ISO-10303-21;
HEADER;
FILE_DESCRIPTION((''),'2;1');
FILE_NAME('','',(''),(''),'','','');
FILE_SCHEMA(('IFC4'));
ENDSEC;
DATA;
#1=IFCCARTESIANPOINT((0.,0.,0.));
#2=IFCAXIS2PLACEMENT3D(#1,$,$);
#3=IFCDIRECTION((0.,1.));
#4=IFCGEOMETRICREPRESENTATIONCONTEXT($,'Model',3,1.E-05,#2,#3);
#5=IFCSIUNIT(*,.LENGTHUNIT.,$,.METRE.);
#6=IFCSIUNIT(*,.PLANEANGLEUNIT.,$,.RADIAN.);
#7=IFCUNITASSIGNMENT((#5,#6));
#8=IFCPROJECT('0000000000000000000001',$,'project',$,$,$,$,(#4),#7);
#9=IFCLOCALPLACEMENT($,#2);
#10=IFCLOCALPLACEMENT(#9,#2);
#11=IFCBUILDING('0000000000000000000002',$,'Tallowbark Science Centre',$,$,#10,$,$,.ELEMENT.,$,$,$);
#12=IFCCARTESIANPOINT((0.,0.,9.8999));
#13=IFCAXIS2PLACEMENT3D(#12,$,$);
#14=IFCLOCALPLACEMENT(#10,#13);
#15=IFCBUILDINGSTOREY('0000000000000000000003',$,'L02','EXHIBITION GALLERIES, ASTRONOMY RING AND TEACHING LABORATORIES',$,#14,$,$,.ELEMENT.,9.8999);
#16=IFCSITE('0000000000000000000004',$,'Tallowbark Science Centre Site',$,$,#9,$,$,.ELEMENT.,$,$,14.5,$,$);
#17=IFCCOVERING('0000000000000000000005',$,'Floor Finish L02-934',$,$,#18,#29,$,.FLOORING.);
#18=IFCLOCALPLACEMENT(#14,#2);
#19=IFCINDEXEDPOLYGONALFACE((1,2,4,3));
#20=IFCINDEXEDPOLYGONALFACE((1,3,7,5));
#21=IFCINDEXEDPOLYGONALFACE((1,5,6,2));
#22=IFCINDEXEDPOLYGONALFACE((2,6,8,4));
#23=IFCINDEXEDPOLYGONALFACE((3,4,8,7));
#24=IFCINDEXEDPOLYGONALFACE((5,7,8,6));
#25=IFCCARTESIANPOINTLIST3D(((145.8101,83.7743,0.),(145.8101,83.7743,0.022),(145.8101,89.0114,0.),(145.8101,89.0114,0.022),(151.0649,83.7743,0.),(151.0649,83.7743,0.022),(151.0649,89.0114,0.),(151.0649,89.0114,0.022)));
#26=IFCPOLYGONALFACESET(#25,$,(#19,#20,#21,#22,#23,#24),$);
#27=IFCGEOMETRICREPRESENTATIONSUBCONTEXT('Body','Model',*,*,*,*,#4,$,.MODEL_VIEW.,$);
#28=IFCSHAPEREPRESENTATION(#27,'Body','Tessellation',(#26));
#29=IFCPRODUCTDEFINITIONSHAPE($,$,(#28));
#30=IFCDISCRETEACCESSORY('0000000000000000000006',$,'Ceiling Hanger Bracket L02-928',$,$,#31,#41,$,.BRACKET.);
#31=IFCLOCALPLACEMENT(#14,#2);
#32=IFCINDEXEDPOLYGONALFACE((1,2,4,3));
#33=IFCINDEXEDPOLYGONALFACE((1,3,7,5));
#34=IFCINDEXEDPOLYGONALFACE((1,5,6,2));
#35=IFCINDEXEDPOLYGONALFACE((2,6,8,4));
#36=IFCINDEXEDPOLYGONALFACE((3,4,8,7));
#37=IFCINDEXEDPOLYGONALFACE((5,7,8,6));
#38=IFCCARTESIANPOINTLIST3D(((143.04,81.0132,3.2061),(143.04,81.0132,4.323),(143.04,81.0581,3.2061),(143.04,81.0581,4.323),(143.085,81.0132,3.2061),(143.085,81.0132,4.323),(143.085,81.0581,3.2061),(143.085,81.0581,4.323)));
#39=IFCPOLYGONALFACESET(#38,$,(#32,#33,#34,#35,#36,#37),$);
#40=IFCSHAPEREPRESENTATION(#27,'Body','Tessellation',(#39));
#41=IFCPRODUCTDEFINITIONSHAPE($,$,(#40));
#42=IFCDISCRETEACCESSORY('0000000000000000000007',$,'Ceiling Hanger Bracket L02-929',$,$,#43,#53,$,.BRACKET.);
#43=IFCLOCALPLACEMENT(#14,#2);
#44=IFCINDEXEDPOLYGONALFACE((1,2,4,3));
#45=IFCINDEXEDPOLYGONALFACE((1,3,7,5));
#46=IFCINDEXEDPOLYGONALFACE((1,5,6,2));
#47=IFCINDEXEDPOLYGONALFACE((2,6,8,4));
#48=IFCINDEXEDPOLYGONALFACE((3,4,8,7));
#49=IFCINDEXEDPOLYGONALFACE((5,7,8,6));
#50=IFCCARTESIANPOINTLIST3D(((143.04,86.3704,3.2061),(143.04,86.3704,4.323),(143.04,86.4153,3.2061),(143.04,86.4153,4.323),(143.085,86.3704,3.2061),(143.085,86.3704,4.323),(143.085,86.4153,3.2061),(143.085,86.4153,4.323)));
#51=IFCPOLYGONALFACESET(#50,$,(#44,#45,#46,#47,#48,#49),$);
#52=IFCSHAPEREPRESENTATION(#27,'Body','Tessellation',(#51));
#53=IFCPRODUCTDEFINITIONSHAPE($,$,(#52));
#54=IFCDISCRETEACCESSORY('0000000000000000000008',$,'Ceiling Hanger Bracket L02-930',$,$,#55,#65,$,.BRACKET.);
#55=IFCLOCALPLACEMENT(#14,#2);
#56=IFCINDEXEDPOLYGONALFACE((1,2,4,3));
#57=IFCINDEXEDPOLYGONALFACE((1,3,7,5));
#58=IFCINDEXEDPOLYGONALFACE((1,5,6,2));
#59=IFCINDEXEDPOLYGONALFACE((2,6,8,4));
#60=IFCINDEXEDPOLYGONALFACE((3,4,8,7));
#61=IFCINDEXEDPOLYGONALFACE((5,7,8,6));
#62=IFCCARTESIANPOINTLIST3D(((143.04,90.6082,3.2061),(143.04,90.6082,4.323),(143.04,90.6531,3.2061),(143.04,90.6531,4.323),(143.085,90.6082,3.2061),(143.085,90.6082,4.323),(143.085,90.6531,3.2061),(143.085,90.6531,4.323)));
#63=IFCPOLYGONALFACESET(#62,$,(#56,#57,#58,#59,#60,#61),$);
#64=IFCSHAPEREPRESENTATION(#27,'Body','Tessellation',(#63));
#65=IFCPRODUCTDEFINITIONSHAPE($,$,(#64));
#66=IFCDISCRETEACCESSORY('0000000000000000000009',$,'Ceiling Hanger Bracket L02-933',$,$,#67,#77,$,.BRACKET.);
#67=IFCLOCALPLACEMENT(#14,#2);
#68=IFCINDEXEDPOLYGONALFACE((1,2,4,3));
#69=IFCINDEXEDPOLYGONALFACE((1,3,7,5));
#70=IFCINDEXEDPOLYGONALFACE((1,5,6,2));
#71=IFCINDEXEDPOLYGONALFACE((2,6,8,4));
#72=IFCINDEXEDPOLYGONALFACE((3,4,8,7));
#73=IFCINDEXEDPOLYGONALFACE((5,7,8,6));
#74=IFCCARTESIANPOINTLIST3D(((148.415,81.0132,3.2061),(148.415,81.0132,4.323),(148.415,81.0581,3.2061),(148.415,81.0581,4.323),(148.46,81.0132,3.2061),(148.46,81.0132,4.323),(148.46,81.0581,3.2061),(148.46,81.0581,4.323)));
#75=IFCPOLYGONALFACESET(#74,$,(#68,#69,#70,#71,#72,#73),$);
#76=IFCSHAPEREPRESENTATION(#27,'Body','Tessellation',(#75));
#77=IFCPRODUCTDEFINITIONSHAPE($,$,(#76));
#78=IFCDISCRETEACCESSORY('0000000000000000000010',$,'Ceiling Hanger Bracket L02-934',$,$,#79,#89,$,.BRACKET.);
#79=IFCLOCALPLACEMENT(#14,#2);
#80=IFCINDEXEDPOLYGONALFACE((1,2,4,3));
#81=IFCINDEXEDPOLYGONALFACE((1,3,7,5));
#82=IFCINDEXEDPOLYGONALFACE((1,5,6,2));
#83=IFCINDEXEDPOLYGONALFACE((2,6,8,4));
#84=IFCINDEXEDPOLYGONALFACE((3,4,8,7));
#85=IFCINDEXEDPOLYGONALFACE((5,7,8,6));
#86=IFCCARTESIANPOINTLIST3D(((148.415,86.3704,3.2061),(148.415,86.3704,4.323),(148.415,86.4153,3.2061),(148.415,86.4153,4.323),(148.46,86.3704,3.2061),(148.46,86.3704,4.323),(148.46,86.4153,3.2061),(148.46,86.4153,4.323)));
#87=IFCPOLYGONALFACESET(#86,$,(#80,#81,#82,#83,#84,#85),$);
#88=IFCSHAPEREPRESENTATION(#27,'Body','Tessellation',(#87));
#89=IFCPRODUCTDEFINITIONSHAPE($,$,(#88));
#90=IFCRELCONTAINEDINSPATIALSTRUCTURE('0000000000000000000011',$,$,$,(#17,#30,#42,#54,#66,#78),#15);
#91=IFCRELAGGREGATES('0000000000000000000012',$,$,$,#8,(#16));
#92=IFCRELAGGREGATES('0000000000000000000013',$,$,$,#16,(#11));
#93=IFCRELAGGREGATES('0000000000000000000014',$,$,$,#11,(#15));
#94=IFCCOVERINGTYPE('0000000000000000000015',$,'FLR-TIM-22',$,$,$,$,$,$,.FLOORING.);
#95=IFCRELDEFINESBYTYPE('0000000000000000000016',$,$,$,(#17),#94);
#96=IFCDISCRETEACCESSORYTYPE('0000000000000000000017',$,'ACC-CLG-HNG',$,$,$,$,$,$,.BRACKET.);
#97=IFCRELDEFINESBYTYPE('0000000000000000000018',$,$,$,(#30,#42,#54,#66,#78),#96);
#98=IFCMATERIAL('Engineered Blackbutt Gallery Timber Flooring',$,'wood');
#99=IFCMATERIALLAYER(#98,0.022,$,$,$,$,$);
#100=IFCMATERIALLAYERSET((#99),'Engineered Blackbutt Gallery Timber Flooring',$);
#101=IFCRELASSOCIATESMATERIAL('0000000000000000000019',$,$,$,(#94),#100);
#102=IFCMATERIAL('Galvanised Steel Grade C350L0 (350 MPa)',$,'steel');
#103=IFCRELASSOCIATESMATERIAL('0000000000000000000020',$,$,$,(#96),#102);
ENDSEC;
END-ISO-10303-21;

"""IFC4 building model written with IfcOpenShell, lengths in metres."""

from ifc_helpers import new_model, si_unit, direction, frame, origin, origin_2d, place, context, subcontext, project, spatial, rectangle, extrude, material, layer, layer_set, type_object, element, save


model = new_model("IFC4")

# Units and contexts
model_context = context("Model", 3, precision=1e-05, world=origin(), true_north=direction((0.0, 1.0)))
body_context = subcontext(model_context, "Body", "Model", "MODEL_VIEW")
ifc_project = project(units=[si_unit("LENGTHUNIT", "METRE"), si_unit("PLANEANGLEUNIT", "RADIAN")], contexts=[model_context])

# Site, building, storey
site_placement = place(None, origin())
site = spatial("IfcSite", under=ifc_project, at=site_placement, Name="Tallowbark Science Centre Site", CompositionType="ELEMENT", RefElevation=14.5)
building_placement = place(site_placement, origin())
building = spatial("IfcBuilding", under=site, at=building_placement, Name="Tallowbark Science Centre", CompositionType="ELEMENT")
storey_placement = place(building_placement, frame((0.0, 0.0, 9.8999)))
storey = spatial("IfcBuildingStorey", under=building, at=storey_placement, Name="L02", Description="EXHIBITION GALLERIES, ASTRONOMY RING AND TEACHING LABORATORIES", CompositionType="ELEMENT", Elevation=9.8999)

# Covering
ifc_material_1 = material(Name="Engineered Blackbutt Gallery Timber Flooring", Category="wood")
ifc_layer_1 = layer(ifc_material_1, 0.022)
ifc_layer_set_1 = layer_set([ifc_layer_1], Name="Engineered Blackbutt Gallery Timber Flooring")
covering_type_1 = type_object("IfcCoveringType", Name="FLR-TIM-22", PredefinedType="FLOORING", material=ifc_layer_set_1)
for number, where, z_axis, x_axis, name in (
    (1, (148.4375, 86.3928, 0.0), (0.0, 0.0, 1.0), (1.0, 0.0, 0.0), "Floor Finish L02-934"),
):
    element("IfcCovering", number, at=place(storey_placement, frame(where, z_axis=z_axis, x_axis=x_axis)), inside=storey, type_object=covering_type_1, Name=name, PredefinedType="FLOORING", context=body_context, shape_type="SweptSolid", body=[
        extrude(rectangle(XDim=5.2549, YDim=5.2371, at=origin_2d()), origin(), (0.0, 0.0, 1.0), 0.022),
    ])

# Discrete accessories
ifc_material_2 = material(Name="Galvanised Steel Grade C350L0 (350 MPa)", Category="steel")
discrete_accessory_type = type_object("IfcDiscreteAccessoryType", Name="ACC-CLG-HNG", PredefinedType="BRACKET", material=ifc_material_2)
for number, where, z_axis, x_axis, name in (
    (2, (143.0625, 81.0356, 3.2061), (0.0, 0.0, 1.0), (1.0, 0.0, 0.0), "Ceiling Hanger Bracket L02-928"),
    (3, (143.0625, 86.3928, 3.2061), (0.0, 0.0, 1.0), (1.0, 0.0, 0.0), "Ceiling Hanger Bracket L02-929"),
    (4, (143.0625, 90.6306, 3.2061), (0.0, 0.0, 1.0), (1.0, 0.0, 0.0), "Ceiling Hanger Bracket L02-930"),
    (5, (148.4375, 81.0356, 3.2061), (0.0, 0.0, 1.0), (1.0, 0.0, 0.0), "Ceiling Hanger Bracket L02-933"),
    (6, (148.4375, 86.3928, 3.2061), (0.0, 0.0, 1.0), (1.0, 0.0, 0.0), "Ceiling Hanger Bracket L02-934"),
):
    element("IfcDiscreteAccessory", number, at=place(storey_placement, frame(where, z_axis=z_axis, x_axis=x_axis)), inside=storey, type_object=discrete_accessory_type, Name=name, PredefinedType="BRACKET", context=body_context, shape_type="SweptSolid", body=[
        extrude(rectangle(XDim=0.0449, YDim=0.0449, at=origin_2d()), origin(), (0.0, 0.0, 1.0), 1.1169),
    ])

save(model, "model.ifc")
